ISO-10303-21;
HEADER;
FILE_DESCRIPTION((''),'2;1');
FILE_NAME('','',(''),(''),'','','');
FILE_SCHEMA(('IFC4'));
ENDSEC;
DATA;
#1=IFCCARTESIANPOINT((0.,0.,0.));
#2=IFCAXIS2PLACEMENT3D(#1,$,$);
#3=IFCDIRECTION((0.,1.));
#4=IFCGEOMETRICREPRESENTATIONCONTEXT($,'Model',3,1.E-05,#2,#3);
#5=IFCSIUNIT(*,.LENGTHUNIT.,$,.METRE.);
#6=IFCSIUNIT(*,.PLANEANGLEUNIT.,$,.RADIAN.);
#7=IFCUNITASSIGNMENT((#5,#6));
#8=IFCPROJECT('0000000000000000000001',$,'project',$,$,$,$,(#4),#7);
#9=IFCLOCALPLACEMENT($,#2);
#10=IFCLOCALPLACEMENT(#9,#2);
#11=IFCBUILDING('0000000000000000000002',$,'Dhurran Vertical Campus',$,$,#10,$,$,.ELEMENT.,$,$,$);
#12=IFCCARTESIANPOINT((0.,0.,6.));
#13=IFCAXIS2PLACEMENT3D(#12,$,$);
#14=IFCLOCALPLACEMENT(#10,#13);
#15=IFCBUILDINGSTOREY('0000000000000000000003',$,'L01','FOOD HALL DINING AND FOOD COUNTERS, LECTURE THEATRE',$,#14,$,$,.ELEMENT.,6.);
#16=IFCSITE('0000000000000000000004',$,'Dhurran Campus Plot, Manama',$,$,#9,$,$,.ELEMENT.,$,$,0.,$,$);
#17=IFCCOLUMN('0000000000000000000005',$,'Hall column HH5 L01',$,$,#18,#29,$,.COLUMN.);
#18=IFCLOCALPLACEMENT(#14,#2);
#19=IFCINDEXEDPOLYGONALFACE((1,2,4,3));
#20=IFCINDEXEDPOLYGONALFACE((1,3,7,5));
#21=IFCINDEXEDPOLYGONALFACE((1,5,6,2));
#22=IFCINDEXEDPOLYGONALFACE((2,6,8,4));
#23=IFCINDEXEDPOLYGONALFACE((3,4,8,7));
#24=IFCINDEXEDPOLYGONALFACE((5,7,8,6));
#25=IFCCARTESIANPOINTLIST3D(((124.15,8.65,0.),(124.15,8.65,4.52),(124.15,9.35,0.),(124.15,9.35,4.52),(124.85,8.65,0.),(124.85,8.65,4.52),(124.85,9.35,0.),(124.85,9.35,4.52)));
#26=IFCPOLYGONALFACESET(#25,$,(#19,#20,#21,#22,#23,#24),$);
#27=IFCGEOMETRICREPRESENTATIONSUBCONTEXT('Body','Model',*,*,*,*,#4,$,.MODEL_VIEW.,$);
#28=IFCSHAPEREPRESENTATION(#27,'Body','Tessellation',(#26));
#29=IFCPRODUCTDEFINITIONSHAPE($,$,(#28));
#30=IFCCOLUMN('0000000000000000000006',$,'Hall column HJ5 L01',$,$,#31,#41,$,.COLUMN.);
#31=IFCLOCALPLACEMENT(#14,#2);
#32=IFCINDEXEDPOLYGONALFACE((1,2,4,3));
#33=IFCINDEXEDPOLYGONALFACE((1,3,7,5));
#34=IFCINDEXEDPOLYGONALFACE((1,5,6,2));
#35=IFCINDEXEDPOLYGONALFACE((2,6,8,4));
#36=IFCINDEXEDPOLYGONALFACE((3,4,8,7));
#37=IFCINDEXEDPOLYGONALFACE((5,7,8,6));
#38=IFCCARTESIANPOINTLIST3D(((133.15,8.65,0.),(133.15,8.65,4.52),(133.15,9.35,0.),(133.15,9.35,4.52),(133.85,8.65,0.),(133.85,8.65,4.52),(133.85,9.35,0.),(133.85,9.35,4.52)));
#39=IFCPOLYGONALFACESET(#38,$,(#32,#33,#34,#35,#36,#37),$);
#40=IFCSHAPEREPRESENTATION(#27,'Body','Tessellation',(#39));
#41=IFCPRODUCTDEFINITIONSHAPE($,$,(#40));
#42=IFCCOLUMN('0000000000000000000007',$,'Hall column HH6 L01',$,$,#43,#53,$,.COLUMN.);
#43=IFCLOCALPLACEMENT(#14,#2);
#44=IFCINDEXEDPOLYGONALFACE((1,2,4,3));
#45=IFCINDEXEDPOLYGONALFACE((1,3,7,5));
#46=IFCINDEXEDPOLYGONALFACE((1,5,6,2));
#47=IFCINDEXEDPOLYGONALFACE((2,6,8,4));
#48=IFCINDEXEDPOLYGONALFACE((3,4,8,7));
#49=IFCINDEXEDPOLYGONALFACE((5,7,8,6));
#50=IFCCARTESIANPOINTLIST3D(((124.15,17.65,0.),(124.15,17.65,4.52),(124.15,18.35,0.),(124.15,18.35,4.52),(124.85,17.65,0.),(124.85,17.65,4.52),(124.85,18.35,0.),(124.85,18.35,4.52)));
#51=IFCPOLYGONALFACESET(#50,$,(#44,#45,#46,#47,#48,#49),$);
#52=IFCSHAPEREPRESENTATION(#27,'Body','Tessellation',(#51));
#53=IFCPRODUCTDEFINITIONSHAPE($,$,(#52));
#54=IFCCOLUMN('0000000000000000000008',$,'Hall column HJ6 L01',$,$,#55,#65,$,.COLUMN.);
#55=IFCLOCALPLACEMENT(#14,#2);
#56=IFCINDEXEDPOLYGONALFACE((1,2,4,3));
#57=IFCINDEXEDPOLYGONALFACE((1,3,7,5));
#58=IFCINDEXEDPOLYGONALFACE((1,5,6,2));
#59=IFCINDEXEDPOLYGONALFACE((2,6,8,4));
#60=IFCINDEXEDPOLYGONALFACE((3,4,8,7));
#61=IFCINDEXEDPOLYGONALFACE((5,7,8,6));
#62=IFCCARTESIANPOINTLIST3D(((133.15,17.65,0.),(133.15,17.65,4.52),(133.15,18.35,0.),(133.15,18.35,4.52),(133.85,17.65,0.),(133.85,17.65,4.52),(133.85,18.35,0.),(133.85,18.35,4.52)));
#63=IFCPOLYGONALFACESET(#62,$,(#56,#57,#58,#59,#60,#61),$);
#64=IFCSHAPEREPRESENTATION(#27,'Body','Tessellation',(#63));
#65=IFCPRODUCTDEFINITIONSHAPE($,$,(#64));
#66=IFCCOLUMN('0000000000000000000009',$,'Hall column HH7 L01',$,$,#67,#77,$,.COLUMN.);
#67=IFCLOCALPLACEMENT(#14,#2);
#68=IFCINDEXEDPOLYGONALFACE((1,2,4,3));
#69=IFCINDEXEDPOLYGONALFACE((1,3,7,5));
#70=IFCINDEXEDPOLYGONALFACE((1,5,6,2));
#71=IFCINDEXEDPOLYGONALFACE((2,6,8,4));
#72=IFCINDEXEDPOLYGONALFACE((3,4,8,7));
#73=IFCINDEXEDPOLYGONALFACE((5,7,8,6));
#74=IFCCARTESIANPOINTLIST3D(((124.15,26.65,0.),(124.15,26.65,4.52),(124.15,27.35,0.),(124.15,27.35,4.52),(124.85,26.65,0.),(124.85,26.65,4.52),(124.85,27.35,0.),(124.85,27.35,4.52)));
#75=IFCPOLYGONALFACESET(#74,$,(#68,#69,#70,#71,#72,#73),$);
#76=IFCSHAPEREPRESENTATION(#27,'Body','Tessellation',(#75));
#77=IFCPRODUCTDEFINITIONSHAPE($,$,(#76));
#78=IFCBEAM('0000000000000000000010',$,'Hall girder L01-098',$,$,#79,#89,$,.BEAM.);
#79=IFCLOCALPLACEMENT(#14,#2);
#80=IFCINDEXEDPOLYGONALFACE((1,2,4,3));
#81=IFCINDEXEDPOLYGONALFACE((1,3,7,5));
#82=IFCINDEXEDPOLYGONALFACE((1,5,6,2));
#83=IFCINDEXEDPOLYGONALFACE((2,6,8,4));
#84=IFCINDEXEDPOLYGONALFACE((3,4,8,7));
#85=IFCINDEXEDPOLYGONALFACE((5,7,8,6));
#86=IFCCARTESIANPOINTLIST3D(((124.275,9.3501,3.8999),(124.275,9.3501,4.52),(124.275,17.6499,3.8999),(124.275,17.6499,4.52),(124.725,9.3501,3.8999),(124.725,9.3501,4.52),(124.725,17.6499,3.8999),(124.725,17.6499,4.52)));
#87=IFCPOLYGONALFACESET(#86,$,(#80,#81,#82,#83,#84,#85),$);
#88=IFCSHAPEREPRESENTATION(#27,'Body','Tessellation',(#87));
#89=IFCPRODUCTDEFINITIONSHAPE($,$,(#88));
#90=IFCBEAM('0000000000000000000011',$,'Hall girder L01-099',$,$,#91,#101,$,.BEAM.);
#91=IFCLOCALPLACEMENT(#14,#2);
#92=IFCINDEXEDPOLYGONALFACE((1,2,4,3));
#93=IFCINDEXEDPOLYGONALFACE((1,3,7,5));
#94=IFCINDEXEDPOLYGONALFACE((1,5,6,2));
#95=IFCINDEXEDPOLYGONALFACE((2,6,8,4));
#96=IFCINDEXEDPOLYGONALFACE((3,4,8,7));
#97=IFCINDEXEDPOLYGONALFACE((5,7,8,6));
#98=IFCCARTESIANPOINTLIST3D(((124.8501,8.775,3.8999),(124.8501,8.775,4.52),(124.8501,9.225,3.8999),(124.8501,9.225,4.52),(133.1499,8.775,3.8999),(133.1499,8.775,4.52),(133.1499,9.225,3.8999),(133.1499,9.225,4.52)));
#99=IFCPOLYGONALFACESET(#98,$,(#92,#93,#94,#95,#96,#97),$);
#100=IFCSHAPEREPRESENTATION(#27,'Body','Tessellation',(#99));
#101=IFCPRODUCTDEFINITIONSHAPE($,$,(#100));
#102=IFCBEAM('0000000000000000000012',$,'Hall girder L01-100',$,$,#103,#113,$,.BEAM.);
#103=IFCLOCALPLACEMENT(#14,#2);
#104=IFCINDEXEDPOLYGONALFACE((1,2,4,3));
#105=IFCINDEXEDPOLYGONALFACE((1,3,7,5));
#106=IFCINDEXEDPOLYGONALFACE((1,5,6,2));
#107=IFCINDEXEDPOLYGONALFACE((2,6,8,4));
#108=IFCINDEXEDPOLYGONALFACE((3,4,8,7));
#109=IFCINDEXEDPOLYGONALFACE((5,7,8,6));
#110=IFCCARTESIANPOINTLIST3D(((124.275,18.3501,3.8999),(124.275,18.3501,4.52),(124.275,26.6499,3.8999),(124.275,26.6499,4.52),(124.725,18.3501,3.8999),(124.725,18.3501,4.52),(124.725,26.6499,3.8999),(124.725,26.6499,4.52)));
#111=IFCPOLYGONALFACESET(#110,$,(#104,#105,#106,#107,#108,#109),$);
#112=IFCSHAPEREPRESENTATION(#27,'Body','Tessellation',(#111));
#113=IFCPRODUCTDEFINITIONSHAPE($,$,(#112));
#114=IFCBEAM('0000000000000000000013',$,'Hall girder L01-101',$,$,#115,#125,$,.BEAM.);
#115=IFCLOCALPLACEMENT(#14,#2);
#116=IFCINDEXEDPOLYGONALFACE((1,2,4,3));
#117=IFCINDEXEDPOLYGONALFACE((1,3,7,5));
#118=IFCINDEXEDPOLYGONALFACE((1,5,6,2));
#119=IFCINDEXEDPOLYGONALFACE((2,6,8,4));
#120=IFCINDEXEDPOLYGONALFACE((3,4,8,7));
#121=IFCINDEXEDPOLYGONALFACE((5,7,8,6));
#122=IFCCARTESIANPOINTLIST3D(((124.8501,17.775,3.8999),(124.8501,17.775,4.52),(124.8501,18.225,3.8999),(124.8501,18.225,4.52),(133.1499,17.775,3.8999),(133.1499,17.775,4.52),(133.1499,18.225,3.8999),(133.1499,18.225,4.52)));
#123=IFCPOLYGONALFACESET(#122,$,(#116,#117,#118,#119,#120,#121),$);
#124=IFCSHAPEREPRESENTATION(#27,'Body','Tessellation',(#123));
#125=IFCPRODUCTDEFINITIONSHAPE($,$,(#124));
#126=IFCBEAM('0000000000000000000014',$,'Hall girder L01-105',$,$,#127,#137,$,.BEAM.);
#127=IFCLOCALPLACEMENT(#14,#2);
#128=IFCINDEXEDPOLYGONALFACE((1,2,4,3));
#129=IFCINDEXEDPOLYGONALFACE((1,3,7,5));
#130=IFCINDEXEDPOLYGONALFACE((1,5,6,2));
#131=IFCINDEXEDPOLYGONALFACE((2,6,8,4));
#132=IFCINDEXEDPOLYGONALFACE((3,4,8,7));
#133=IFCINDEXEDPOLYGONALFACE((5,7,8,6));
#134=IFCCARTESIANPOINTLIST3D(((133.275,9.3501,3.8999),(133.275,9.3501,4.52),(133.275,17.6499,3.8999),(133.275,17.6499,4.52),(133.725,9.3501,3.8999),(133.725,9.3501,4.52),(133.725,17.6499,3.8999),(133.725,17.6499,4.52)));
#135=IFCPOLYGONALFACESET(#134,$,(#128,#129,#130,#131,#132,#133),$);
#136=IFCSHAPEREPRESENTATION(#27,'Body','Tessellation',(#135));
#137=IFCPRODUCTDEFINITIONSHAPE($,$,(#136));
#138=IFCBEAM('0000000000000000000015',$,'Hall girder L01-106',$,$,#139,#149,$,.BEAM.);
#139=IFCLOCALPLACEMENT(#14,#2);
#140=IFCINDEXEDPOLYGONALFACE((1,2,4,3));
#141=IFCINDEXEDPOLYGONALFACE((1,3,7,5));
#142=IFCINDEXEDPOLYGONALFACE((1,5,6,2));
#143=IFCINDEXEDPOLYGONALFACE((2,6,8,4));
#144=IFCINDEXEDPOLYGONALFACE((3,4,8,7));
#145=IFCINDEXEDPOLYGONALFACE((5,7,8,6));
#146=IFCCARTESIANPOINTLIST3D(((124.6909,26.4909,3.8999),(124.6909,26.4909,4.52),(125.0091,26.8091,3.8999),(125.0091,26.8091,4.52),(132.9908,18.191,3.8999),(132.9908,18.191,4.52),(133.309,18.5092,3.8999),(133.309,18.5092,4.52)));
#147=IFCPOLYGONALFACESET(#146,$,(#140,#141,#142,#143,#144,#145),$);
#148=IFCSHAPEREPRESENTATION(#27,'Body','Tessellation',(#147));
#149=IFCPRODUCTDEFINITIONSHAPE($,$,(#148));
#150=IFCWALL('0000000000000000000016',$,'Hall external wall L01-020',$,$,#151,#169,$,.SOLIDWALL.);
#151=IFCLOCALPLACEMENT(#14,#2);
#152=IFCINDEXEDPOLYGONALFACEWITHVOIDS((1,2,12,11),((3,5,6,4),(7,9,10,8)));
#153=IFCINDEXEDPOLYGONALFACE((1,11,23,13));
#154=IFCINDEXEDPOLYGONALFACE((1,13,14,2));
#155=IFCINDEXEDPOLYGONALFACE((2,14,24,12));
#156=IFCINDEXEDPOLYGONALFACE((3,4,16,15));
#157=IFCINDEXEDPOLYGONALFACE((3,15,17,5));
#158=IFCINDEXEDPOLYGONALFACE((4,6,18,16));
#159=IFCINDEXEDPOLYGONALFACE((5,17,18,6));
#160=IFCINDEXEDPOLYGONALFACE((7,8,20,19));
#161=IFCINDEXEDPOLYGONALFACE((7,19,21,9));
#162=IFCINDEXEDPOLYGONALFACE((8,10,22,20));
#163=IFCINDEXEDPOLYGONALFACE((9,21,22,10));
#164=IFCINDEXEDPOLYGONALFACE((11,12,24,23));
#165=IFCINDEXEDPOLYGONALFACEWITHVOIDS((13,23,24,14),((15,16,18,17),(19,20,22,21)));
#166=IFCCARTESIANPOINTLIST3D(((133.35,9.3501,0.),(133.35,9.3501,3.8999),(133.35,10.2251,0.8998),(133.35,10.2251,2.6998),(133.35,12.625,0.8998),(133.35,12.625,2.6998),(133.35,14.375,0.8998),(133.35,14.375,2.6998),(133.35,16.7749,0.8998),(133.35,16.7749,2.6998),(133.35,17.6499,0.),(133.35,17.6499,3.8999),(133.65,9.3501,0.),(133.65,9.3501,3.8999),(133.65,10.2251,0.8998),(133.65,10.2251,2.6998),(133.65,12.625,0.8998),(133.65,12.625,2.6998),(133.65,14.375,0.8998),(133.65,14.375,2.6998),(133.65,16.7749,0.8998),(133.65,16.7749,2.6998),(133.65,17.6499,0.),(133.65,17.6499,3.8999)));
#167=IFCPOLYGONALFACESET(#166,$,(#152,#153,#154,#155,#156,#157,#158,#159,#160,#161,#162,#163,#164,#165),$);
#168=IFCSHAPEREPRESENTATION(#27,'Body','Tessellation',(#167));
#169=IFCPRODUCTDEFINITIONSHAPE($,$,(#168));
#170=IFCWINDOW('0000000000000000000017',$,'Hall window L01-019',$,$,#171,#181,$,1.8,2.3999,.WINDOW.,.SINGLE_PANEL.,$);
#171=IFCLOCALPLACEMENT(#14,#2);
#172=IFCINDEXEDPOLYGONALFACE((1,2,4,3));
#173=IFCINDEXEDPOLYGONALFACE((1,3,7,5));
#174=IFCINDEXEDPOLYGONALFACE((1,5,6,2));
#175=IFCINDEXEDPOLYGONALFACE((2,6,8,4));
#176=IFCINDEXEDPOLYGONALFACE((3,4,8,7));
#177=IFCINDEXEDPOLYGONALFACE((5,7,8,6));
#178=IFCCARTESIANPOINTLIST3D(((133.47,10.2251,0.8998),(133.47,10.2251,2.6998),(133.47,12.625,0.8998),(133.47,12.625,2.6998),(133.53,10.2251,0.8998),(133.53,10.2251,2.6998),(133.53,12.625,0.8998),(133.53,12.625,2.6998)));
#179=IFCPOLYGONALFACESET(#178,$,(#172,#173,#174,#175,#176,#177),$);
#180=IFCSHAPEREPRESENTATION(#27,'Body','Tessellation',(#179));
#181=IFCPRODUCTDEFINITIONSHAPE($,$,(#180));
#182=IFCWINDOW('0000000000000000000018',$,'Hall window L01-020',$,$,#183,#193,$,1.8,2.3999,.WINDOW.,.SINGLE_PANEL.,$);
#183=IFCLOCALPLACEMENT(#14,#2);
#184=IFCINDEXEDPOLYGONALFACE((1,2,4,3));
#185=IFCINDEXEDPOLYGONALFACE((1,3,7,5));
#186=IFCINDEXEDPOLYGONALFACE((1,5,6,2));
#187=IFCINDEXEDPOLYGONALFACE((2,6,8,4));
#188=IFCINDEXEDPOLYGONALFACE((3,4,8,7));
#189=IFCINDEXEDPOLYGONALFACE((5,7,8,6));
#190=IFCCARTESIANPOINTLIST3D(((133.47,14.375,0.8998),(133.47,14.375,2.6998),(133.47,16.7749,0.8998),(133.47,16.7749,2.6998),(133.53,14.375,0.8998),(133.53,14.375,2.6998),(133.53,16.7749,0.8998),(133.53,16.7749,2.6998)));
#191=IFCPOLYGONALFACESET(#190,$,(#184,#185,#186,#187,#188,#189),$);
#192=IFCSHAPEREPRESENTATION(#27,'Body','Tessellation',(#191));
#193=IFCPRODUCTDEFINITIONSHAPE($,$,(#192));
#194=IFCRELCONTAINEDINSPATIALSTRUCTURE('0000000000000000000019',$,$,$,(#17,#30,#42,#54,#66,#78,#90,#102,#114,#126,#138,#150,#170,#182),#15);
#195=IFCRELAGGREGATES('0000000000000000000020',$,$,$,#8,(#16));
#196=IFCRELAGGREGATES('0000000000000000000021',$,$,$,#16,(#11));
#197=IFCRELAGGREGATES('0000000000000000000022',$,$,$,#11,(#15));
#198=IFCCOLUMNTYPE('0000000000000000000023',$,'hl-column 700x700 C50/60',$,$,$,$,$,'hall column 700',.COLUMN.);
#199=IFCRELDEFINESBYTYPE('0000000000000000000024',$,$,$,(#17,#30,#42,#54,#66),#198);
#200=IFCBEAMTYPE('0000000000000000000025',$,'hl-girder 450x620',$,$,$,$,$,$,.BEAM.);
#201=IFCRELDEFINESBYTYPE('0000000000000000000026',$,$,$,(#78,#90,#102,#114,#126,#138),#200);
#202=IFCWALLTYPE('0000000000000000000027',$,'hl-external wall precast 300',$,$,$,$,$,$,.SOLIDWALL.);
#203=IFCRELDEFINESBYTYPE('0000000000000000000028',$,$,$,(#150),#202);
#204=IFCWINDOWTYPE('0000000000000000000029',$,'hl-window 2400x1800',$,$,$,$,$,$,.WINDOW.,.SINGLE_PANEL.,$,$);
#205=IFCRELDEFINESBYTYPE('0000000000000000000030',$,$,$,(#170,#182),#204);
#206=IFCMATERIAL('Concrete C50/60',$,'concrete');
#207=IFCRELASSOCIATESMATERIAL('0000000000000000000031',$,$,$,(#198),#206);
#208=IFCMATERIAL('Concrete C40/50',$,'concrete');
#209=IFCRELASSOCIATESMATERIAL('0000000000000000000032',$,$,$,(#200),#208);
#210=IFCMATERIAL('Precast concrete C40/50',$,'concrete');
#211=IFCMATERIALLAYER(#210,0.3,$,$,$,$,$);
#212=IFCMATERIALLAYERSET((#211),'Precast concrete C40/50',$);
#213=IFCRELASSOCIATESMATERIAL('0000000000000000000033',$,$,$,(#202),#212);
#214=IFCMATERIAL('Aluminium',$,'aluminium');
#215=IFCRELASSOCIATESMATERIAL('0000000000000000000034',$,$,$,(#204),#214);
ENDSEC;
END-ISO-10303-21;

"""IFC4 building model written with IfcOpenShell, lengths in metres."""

from ifc_helpers import new_model, si_unit, direction, frame, frame_2d, origin, origin_2d, place, context, subcontext, project, spatial, rectangle, extrude, material, layer, layer_set, material_profile, profile_set, type_object, element, fill, save


model = new_model("IFC4")

# Units and contexts
model_context = context("Model", 3, precision=1e-05, world=origin(), true_north=direction((0.0, 1.0)))
body_context = subcontext(model_context, "Body", "Model", "MODEL_VIEW")
ifc_project = project(units=[si_unit("LENGTHUNIT", "METRE"), si_unit("PLANEANGLEUNIT", "RADIAN")], contexts=[model_context])

# Site, building, storey
site_placement = place(None, origin())
site = spatial("IfcSite", under=ifc_project, at=site_placement, Name="Dhurran Campus Plot, Manama", CompositionType="ELEMENT", RefElevation=0.0)
building_placement = place(site_placement, origin())
building = spatial("IfcBuilding", under=site, at=building_placement, Name="Dhurran Vertical Campus", CompositionType="ELEMENT")
storey_placement = place(building_placement, frame((0.0, 0.0, 6.0)))
storey = spatial("IfcBuildingStorey", under=building, at=storey_placement, Name="L01", Description="FOOD HALL DINING AND FOOD COUNTERS, LECTURE THEATRE", CompositionType="ELEMENT", Elevation=6.0)

# Columns
ifc_material_1 = material(Name="Concrete C50/60", Category="concrete")
ifc_material_profile_1 = material_profile(ifc_material_1, rectangle(XDim=0.7, YDim=0.7, at=origin_2d()), Name="hl-column 700x700 C50/60")
ifc_profile_set_1 = profile_set([ifc_material_profile_1], Name="Concrete C50/60")
column_type = type_object("IfcColumnType", Name="hl-column 700x700 C50/60", ElementType="hall column 700", PredefinedType="COLUMN", material=ifc_profile_set_1)
for number, where, z_axis, x_axis, name in (
    (1, (124.5, 9.0, 0.0), (0.0, 0.0, 1.0), (1.0, 0.0, 0.0), "Hall column HH5 L01"),
    (2, (133.5, 9.0, 0.0), (0.0, 0.0, 1.0), (1.0, 0.0, 0.0), "Hall column HJ5 L01"),
    (3, (124.5, 18.0, 0.0), (0.0, 0.0, 1.0), (1.0, 0.0, 0.0), "Hall column HH6 L01"),
    (4, (133.5, 18.0, 0.0), (0.0, 0.0, 1.0), (1.0, 0.0, 0.0), "Hall column HJ6 L01"),
    (5, (124.5, 27.0, 0.0), (0.0, 0.0, 1.0), (1.0, 0.0, 0.0), "Hall column HH7 L01"),
):
    element("IfcColumn", number, at=place(storey_placement, frame(where, z_axis=z_axis, x_axis=x_axis)), inside=storey, type_object=column_type, Name=name, PredefinedType="COLUMN", context=body_context, shape_type="SweptSolid", body=[
        extrude(rectangle(XDim=0.7, YDim=0.7, at=origin_2d()), origin(), (0.0, 0.0, 1.0), 4.52),
    ])

# Beams
ifc_material_2 = material(Name="Concrete C40/50", Category="concrete")
ifc_material_profile_2 = material_profile(ifc_material_2, rectangle(XDim=0.45, YDim=0.6201, at=origin_2d()), Name="hl-girder 450x620")
ifc_profile_set_2 = profile_set([ifc_material_profile_2], Name="Concrete C40/50")
beam_type = type_object("IfcBeamType", Name="hl-girder 450x620", PredefinedType="BEAM", material=ifc_profile_set_2)
for number, where, z_axis, x_axis, name in (
    (6, (124.5, 9.3501, 4.21), (0.0, 1.0, 0.0), (-1.0, 0.0, 0.0), "Hall girder L01-098"),
    (7, (124.8501, 9.0, 4.21), (1.0, 0.0, 0.0), (0.0, 1.0, 0.0), "Hall girder L01-099"),
    (8, (124.5, 18.3501, 4.21), (0.0, 1.0, 0.0), (-1.0, 0.0, 0.0), "Hall girder L01-100"),
    (9, (124.8501, 18.0, 4.21), (1.0, 0.0, 0.0), (0.0, 1.0, 0.0), "Hall girder L01-101"),
    (10, (133.5, 9.3501, 4.21), (0.0, 1.0, 0.0), (-1.0, 0.0, 0.0), "Hall girder L01-105"),
):
    element("IfcBeam", number, at=place(storey_placement, frame(where, z_axis=z_axis, x_axis=x_axis)), inside=storey, type_object=beam_type, Name=name, PredefinedType="BEAM", context=body_context, shape_type="SweptSolid", body=[
        extrude(rectangle(XDim=0.45, YDim=0.6201, at=origin_2d()), origin(), (0.0, 0.0, 1.0), 8.2998),
    ])
beam_placement = place(storey_placement, frame((133.1499, 18.3501, 4.21), z_axis=(-0.707107, 0.707107, 0.0), x_axis=(-0.707107, -0.707107, 0.0)))
element("IfcBeam", 11, at=beam_placement, inside=storey, type_object=beam_type, Name="Hall girder L01-106", PredefinedType="BEAM", context=body_context, shape_type="SweptSolid", body=[
    extrude(rectangle(XDim=0.45, YDim=0.6201, at=origin_2d()), origin(), (0.0, 0.0, 1.0), 11.7378),
])

# Wall, openings, windows
ifc_material_3 = material(Name="Precast concrete C40/50", Category="concrete")
ifc_layer_1 = layer(ifc_material_3, 0.3)
ifc_layer_set_1 = layer_set([ifc_layer_1], Name="Precast concrete C40/50")
wall_type_1 = type_object("IfcWallType", Name="hl-external wall precast 300", PredefinedType="SOLIDWALL", material=ifc_layer_set_1)
wall_1_placement = place(storey_placement, frame((133.5, 9.3501, 0.0), z_axis=(0.0, 0.0, 1.0), x_axis=(0.0, 1.0, 0.0)))
wall_1 = element("IfcWall", 12, at=wall_1_placement, inside=storey, type_object=wall_type_1, Name="Hall external wall L01-020", PredefinedType="SOLIDWALL", context=body_context, shape_type="SweptSolid", body=[
    extrude(rectangle(XDim=8.2998, YDim=0.3, at=frame_2d((4.1499, 0.0))), origin(), (0.0, 0.0, 1.0), 3.8999),
])
opening_1_placement = place(wall_1_placement, frame((0.875, 0.0, 0.8999)))
opening_1 = element("IfcOpeningElement", 13, at=opening_1_placement, cuts=wall_1, PredefinedType="OPENING", context=body_context, shape_type="SweptSolid", body=[
    extrude(rectangle(XDim=2.3999, YDim=1.8, at=frame_2d((1.2, 0.8999))), frame((0.0, 0.1599, 0.0), z_axis=(0.0, -1.0, 0.0), x_axis=(1.0, 0.0, 0.0)), (0.0, 0.0, 1.0), 0.3201),
])
opening_2_placement = place(wall_1_placement, frame((5.0249, 0.0, 0.8999)))
opening_2 = element("IfcOpeningElement", 14, at=opening_2_placement, cuts=wall_1, PredefinedType="OPENING", context=body_context, shape_type="SweptSolid", body=[
    extrude(rectangle(XDim=2.3999, YDim=1.8, at=frame_2d((1.2, 0.8999))), frame((0.0, 0.1599, 0.0), z_axis=(0.0, -1.0, 0.0), x_axis=(1.0, 0.0, 0.0)), (0.0, 0.0, 1.0), 0.3201),
])
ifc_material_4 = material(Name="Aluminium", Category="aluminium")
window_type = type_object("IfcWindowType", Name="hl-window 2400x1800", PartitioningType="SINGLE_PANEL", PredefinedType="WINDOW", material=ifc_material_4)
window_1_placement = place(opening_1_placement, origin())
window_1 = element("IfcWindow", 15, at=window_1_placement, inside=storey, type_object=window_type, Name="Hall window L01-019", OverallHeight=1.8, OverallWidth=2.3999, PartitioningType="SINGLE_PANEL", PredefinedType="WINDOW", context=body_context, shape_type="SweptSolid", body=[
    extrude(rectangle(XDim=2.3999, YDim=1.8, at=frame_2d((1.2, 0.8999))), frame((0.0, 0.03, 0.0), z_axis=(0.0, -1.0, 0.0), x_axis=(1.0, 0.0, 0.0)), (0.0, 0.0, 1.0), 0.0601),
])
fill(opening_1, window_1)
window_2_placement = place(opening_2_placement, origin())
window_2 = element("IfcWindow", 16, at=window_2_placement, inside=storey, type_object=window_type, Name="Hall window L01-020", OverallHeight=1.8, OverallWidth=2.3999, PartitioningType="SINGLE_PANEL", PredefinedType="WINDOW", context=body_context, shape_type="SweptSolid", body=[
    extrude(rectangle(XDim=2.3999, YDim=1.8, at=frame_2d((1.2, 0.8999))), frame((0.0, 0.03, 0.0), z_axis=(0.0, -1.0, 0.0), x_axis=(1.0, 0.0, 0.0)), (0.0, 0.0, 1.0), 0.0601),
])
fill(opening_2, window_2)

save(model, "model.ifc")
